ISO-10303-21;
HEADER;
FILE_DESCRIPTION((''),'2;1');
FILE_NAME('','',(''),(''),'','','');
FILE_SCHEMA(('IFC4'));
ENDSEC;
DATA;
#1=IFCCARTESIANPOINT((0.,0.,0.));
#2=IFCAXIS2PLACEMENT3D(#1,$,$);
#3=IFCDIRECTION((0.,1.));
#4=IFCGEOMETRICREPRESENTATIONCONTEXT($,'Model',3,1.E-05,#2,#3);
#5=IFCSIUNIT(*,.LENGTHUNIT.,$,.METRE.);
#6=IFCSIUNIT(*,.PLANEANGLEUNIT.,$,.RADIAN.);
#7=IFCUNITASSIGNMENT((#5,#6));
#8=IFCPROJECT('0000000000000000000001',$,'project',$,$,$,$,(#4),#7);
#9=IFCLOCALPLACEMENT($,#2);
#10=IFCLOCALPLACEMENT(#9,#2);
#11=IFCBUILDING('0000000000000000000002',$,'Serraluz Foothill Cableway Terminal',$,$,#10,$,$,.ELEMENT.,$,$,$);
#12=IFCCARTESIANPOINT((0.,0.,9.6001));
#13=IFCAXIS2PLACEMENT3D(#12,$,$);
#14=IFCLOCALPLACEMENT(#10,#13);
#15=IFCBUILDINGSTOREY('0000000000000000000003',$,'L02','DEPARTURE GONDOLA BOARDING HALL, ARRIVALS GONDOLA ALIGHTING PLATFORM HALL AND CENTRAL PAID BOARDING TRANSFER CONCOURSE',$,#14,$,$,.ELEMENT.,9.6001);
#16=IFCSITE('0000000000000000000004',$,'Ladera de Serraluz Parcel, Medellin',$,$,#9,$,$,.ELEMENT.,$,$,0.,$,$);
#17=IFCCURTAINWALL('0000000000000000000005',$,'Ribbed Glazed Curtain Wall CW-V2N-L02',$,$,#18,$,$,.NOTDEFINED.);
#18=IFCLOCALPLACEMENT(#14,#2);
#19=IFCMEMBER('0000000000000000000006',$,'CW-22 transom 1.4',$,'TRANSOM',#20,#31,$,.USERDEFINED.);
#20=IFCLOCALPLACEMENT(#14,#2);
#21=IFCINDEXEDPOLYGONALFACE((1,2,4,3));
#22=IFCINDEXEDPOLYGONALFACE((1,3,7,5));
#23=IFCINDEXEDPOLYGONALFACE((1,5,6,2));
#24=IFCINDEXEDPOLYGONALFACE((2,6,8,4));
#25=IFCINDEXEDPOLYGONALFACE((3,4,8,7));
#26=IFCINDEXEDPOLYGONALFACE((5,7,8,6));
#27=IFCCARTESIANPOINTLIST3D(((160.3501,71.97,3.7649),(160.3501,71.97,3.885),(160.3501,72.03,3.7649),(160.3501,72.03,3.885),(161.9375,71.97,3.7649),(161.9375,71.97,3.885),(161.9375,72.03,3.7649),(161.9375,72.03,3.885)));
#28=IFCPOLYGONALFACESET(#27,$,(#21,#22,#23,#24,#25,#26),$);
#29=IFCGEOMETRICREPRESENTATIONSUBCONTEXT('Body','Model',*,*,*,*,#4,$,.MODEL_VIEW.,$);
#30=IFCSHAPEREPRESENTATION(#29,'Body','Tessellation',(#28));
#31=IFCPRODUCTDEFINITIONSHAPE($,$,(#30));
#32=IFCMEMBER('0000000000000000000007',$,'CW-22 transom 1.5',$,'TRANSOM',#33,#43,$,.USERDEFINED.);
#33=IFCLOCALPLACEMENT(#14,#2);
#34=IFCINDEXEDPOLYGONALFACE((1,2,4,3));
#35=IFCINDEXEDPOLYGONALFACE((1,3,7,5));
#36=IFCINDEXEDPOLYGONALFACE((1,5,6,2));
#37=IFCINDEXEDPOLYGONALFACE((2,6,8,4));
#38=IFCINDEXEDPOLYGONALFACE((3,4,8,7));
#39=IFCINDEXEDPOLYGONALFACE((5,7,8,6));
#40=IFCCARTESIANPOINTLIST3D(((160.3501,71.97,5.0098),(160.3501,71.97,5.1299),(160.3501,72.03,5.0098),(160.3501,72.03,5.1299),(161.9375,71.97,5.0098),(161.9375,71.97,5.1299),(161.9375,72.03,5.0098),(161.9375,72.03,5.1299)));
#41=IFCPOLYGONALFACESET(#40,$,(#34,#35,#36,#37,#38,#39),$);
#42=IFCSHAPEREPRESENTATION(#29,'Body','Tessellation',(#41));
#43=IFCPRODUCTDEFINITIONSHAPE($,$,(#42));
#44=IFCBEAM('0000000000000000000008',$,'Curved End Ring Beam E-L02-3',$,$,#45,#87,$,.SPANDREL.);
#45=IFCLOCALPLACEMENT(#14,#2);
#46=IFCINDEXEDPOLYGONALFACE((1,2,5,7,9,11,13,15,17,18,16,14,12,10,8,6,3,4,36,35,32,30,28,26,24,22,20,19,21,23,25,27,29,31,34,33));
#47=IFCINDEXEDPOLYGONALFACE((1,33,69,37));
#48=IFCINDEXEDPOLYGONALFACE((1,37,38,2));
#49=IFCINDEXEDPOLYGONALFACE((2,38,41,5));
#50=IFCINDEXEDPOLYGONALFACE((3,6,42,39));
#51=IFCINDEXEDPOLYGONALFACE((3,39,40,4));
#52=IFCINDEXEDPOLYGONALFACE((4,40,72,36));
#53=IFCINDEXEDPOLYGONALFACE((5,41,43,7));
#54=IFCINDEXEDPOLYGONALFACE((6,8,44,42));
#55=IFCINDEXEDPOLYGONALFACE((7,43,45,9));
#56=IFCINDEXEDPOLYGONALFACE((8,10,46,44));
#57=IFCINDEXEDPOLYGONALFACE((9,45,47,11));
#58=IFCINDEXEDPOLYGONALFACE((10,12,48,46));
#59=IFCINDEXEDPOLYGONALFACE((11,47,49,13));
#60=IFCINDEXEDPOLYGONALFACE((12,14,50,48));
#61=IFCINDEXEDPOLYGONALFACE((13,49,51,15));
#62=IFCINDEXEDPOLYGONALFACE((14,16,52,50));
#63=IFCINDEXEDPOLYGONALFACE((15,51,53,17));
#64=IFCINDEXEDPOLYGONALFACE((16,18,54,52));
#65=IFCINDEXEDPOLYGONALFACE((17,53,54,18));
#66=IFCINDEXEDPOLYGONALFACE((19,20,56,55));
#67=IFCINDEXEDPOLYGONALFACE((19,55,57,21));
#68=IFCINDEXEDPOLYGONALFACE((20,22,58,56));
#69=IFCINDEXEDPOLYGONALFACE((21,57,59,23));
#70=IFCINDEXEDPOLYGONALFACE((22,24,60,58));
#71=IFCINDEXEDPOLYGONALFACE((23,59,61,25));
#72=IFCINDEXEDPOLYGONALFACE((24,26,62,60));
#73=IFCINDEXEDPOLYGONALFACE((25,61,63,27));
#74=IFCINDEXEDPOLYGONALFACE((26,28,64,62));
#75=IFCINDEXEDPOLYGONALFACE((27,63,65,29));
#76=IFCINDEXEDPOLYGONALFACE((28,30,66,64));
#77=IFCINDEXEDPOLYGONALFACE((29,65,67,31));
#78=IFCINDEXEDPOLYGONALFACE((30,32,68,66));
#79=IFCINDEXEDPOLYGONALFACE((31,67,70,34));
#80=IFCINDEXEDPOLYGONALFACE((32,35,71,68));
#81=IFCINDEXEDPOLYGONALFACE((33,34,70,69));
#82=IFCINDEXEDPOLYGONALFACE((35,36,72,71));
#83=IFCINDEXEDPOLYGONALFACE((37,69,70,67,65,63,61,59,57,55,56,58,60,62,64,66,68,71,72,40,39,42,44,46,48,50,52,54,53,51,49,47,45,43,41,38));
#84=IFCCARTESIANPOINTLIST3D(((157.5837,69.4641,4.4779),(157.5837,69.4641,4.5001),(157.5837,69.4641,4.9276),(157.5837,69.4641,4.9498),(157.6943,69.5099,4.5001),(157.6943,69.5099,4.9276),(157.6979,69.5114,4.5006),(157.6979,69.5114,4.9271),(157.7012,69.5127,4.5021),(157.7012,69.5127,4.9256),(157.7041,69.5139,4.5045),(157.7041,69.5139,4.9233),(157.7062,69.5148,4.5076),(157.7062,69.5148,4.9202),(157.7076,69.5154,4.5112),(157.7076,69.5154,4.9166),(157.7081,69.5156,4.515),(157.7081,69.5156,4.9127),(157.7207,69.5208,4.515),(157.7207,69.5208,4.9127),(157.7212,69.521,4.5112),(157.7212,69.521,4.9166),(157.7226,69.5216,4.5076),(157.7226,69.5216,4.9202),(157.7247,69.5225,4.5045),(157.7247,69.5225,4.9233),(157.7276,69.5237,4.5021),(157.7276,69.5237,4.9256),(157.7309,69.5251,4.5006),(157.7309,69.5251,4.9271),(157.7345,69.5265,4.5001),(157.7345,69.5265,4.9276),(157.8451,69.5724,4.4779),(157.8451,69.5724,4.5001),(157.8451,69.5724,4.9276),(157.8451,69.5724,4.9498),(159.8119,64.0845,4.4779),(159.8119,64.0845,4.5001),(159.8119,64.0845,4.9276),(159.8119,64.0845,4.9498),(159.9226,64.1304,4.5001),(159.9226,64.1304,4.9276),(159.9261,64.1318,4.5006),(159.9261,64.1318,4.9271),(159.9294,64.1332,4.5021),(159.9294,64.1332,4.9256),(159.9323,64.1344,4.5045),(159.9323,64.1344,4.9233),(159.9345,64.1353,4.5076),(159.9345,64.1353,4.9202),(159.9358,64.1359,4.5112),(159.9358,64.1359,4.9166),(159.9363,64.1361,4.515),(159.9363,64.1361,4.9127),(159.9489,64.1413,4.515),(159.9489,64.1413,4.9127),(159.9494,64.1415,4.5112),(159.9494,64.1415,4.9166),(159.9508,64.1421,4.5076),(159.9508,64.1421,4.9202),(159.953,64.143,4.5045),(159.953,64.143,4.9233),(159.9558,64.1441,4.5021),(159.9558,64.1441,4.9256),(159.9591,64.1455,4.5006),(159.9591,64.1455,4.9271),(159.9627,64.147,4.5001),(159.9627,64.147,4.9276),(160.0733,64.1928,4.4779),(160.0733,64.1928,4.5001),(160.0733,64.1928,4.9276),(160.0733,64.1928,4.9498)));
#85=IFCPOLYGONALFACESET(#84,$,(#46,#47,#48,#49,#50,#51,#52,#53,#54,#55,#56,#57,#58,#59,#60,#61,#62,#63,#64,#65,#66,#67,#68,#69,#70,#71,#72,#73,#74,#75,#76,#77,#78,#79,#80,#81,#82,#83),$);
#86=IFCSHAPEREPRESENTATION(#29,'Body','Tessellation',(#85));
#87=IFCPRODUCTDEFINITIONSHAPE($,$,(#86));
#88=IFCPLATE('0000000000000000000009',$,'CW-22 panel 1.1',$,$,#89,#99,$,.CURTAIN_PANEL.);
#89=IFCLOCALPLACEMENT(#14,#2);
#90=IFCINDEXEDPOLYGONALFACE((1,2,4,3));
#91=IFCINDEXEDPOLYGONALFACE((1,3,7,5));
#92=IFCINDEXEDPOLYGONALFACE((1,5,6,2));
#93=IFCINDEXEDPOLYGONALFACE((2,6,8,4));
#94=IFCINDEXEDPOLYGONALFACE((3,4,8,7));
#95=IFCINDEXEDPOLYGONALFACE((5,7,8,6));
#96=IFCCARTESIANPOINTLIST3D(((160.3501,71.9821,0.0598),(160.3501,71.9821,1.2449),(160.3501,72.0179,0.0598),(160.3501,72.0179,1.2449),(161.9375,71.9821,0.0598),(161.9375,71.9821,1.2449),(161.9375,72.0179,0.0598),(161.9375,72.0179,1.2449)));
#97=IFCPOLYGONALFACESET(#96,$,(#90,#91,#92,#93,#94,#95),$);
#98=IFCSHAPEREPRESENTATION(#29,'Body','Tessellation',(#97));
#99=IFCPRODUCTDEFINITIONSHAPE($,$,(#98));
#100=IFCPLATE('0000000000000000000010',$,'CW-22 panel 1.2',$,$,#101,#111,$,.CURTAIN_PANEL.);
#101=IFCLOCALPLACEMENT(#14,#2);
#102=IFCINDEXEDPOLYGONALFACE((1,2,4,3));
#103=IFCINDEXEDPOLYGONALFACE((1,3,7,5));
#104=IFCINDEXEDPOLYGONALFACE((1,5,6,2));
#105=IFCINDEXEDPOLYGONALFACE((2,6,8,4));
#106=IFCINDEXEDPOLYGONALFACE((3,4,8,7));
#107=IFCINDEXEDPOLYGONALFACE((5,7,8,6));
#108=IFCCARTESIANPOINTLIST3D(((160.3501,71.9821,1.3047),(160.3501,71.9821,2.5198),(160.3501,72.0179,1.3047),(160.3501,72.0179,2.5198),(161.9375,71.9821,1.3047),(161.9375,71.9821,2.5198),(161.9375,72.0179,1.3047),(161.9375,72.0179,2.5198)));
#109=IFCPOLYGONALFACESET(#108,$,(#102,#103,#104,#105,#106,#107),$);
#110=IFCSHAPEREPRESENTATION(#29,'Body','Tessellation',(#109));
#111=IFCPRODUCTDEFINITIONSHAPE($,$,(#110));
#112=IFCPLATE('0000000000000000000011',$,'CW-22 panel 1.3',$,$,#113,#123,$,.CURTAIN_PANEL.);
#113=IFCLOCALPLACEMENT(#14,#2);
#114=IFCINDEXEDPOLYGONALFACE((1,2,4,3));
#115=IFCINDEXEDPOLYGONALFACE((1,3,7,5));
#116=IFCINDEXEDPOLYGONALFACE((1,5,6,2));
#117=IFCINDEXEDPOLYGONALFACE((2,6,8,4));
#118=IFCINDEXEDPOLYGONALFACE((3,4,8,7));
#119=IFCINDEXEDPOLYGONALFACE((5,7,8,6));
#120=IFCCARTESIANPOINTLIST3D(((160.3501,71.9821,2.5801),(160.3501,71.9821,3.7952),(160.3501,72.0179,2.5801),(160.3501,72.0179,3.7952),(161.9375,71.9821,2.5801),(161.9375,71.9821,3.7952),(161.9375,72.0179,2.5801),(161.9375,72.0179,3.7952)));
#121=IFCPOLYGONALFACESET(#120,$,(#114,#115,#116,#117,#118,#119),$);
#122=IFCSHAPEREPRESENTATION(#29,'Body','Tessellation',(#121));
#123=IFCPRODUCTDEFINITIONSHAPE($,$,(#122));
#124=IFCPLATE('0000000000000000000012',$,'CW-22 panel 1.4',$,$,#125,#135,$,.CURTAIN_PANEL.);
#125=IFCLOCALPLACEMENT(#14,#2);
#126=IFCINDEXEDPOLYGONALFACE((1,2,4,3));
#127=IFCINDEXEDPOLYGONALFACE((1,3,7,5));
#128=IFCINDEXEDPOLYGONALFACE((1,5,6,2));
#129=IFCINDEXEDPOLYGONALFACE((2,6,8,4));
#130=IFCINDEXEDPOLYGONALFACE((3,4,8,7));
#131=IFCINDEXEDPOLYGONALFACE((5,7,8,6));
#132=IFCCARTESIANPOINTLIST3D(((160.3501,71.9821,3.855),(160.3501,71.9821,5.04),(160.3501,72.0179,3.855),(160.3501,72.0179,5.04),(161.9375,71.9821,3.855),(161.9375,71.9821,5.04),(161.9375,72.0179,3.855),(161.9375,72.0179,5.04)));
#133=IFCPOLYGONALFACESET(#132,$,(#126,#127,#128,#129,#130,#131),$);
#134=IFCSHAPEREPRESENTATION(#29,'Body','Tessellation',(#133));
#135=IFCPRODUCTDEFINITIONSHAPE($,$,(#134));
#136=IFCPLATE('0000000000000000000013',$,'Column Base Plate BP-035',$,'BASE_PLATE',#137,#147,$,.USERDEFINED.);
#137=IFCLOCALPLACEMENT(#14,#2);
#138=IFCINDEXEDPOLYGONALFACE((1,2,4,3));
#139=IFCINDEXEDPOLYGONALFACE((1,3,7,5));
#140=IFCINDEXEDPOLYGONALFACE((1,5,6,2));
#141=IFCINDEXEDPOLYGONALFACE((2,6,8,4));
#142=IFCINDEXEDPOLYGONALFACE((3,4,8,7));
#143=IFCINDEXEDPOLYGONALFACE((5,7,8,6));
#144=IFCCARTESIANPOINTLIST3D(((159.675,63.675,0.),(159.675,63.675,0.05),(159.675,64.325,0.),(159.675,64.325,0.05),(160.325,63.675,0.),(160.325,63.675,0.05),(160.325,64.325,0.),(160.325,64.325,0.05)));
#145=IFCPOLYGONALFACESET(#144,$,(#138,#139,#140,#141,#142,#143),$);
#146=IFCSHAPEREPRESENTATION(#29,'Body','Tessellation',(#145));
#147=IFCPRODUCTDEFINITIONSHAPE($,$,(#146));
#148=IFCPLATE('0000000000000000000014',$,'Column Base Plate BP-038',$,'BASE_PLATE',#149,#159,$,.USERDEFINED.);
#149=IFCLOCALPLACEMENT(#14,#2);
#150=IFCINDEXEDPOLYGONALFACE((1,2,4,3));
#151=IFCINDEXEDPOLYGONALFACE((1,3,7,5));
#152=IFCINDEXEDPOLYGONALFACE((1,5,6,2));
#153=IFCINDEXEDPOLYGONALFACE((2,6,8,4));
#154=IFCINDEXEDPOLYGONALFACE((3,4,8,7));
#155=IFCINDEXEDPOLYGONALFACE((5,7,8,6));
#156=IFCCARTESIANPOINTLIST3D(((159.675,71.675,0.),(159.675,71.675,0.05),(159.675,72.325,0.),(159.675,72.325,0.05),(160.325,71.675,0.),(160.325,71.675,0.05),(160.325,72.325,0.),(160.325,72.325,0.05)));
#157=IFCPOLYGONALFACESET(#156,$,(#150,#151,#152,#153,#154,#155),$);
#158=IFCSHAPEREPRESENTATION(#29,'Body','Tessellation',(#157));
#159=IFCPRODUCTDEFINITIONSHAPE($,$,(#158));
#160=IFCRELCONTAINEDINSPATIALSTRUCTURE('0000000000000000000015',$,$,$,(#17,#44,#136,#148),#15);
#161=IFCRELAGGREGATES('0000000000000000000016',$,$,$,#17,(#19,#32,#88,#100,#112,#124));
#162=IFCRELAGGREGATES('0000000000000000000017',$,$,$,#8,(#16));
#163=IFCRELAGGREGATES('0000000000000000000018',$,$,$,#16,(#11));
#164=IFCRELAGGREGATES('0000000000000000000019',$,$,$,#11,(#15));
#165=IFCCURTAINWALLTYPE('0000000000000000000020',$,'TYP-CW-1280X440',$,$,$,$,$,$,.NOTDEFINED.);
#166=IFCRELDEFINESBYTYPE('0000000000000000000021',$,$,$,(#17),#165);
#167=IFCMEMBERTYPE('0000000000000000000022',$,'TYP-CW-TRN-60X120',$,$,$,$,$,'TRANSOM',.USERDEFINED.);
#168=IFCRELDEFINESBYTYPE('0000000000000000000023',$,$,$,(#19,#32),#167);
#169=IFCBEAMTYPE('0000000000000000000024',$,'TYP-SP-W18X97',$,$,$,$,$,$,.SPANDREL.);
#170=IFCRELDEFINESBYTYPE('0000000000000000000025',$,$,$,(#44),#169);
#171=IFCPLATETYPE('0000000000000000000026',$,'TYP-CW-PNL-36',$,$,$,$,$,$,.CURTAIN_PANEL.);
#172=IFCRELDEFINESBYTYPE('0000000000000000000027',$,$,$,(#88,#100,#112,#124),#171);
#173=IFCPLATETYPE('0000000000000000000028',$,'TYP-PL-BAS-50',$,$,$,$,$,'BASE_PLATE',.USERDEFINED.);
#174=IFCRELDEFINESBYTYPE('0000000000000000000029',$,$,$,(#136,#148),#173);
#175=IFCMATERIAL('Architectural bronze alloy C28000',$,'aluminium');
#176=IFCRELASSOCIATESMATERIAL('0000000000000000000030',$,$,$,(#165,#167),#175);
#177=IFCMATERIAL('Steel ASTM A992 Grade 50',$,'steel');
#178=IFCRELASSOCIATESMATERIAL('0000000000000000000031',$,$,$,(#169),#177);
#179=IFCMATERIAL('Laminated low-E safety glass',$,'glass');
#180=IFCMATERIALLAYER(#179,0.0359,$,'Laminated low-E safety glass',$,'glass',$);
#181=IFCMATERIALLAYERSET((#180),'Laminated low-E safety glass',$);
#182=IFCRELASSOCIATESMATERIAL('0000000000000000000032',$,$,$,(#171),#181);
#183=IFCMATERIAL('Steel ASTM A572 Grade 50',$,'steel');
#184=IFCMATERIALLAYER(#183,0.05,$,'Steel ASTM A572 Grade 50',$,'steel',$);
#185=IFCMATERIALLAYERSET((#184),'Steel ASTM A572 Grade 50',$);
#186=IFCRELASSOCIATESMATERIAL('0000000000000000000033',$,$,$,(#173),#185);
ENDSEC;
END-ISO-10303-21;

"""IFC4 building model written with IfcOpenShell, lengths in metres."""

from ifc_helpers import new_model, si_unit, direction, frame, origin, origin_2d, place, context, subcontext, project, spatial, rectangle, i_section, extrude, material, layer, layer_set, material_profile, profile_set, type_object, element, aggregate, save


model = new_model("IFC4")

# Units and contexts
model_context = context("Model", 3, precision=1e-05, world=origin(), true_north=direction((0.0, 1.0)))
body_context = subcontext(model_context, "Body", "Model", "MODEL_VIEW")
ifc_project = project(units=[si_unit("LENGTHUNIT", "METRE"), si_unit("PLANEANGLEUNIT", "RADIAN")], contexts=[model_context])

# Site, building, storey
site_placement = place(None, origin())
site = spatial("IfcSite", under=ifc_project, at=site_placement, Name="Ladera de Serraluz Parcel, Medellin", CompositionType="ELEMENT", RefElevation=0.0)
building_placement = place(site_placement, origin())
building = spatial("IfcBuilding", under=site, at=building_placement, Name="Serraluz Foothill Cableway Terminal", CompositionType="ELEMENT")
storey_placement = place(building_placement, frame((0.0, 0.0, 9.6001)))
storey = spatial("IfcBuildingStorey", under=building, at=storey_placement, Name="L02", Description="DEPARTURE GONDOLA BOARDING HALL, ARRIVALS GONDOLA ALIGHTING PLATFORM HALL AND CENTRAL PAID BOARDING TRANSFER CONCOURSE", CompositionType="ELEMENT", Elevation=9.6001)

# Shared definitions
ifc_material_1 = material(Name="Steel ASTM A572 Grade 50", Category="steel")

# Curtain wall
ifc_material_2 = material(Name="Architectural bronze alloy C28000", Category="aluminium")
curtain_wall_type_1 = type_object("IfcCurtainWallType", Name="TYP-CW-1280X440", PredefinedType="NOTDEFINED", material=ifc_material_2)
curtain_wall_1_placement = place(storey_placement, origin())
curtain_wall_1 = element("IfcCurtainWall", 1, at=curtain_wall_1_placement, inside=storey, type_object=curtain_wall_type_1, Name="Ribbed Glazed Curtain Wall CW-V2N-L02", PredefinedType="NOTDEFINED")

# Members
ifc_material_profile_1 = material_profile(ifc_material_2, rectangle(XDim=0.0601, YDim=0.1201, at=origin_2d()), Name="ALU TRANSOM 60x120")
ifc_profile_set_1 = profile_set([ifc_material_profile_1], Name="Architectural bronze alloy C28000")
member_type_1 = type_object("IfcMemberType", Name="TYP-CW-TRN-60X120", ElementType="TRANSOM", PredefinedType="USERDEFINED", material=ifc_profile_set_1)
member_1_placement = place(storey_placement, frame((160.3501, 72.0, 3.825), z_axis=(1.0, 0.0, 0.0), x_axis=(0.0, 1.0, 0.0)))
member_1 = element("IfcMember", 2, at=member_1_placement, type_object=member_type_1, Name="CW-22 transom 1.4", ObjectType="TRANSOM", PredefinedType="USERDEFINED", context=body_context, shape_type="SweptSolid", body=[
    extrude(rectangle(XDim=0.0601, YDim=0.1201, at=origin_2d()), origin(), (0.0, 0.0, 1.0), 1.5874),
])
member_2_placement = place(storey_placement, frame((160.3501, 72.0, 5.0698), z_axis=(1.0, 0.0, 0.0), x_axis=(0.0, 1.0, 0.0)))
member_2 = element("IfcMember", 3, at=member_2_placement, type_object=member_type_1, Name="CW-22 transom 1.5", ObjectType="TRANSOM", PredefinedType="USERDEFINED", context=body_context, shape_type="SweptSolid", body=[
    extrude(rectangle(XDim=0.0601, YDim=0.1201, at=origin_2d()), origin(), (0.0, 0.0, 1.0), 1.5874),
])

# Beam
ifc_material_3 = material(Name="Steel ASTM A992 Grade 50", Category="steel")
ifc_material_profile_2 = material_profile(ifc_material_3, i_section(OverallWidth=0.283, OverallDepth=0.4719, WebThickness=0.0137, FlangeThickness=0.0222, FilletRadius=0.0149, at=origin_2d()), Name="W18X97")
ifc_profile_set_2 = profile_set([ifc_material_profile_2], Name="Steel ASTM A992 Grade 50")
beam_type = type_object("IfcBeamType", Name="TYP-SP-W18X97", PredefinedType="SPANDREL", material=ifc_profile_set_2)
beam_placement = place(storey_placement, frame((159.9426, 64.1387, 4.7139), z_axis=(-0.382676, 0.923882, 0.0), x_axis=(-0.923882, -0.382676, 0.0)))
element("IfcBeam", 4, at=beam_placement, inside=storey, type_object=beam_type, Name="Curved End Ring Beam E-L02-3", PredefinedType="SPANDREL", context=body_context, shape_type="SweptSolid", body=[
    extrude(i_section(OverallWidth=0.283, OverallDepth=0.4719, WebThickness=0.0137, FlangeThickness=0.0222, FilletRadius=0.0149, at=origin_2d()), origin(), (0.0, 0.0, 1.0), 5.8228),
])

# Plates
ifc_material_4 = material(Name="Laminated low-E safety glass", Category="glass")
ifc_layer_1 = layer(ifc_material_4, 0.0359, Name="Laminated low-E safety glass", Category="glass")
ifc_layer_set_1 = layer_set([ifc_layer_1], Name="Laminated low-E safety glass")
plate_type_1 = type_object("IfcPlateType", Name="TYP-CW-PNL-36", PredefinedType="CURTAIN_PANEL", material=ifc_layer_set_1)
plate_1_placement = place(storey_placement, frame((161.1438, 72.0, 0.0598), z_axis=(0.0, 0.0, 1.0), x_axis=(1.0, 0.0, 0.0)))
plate_1 = element("IfcPlate", 5, at=plate_1_placement, type_object=plate_type_1, Name="CW-22 panel 1.1", PredefinedType="CURTAIN_PANEL", context=body_context, shape_type="SweptSolid", body=[
    extrude(rectangle(XDim=1.5874, YDim=0.0359, at=origin_2d()), origin(), (0.0, 0.0, 1.0), 1.1851),
])
plate_2_placement = place(storey_placement, frame((161.1438, 72.0, 1.3047), z_axis=(0.0, 0.0, 1.0), x_axis=(1.0, 0.0, 0.0)))
plate_2 = element("IfcPlate", 6, at=plate_2_placement, type_object=plate_type_1, Name="CW-22 panel 1.2", PredefinedType="CURTAIN_PANEL", context=body_context, shape_type="SweptSolid", body=[
    extrude(rectangle(XDim=1.5874, YDim=0.0359, at=origin_2d()), origin(), (0.0, 0.0, 1.0), 1.2151),
])
plate_3_placement = place(storey_placement, frame((161.1438, 72.0, 2.5801), z_axis=(0.0, 0.0, 1.0), x_axis=(1.0, 0.0, 0.0)))
plate_3 = element("IfcPlate", 7, at=plate_3_placement, type_object=plate_type_1, Name="CW-22 panel 1.3", PredefinedType="CURTAIN_PANEL", context=body_context, shape_type="SweptSolid", body=[
    extrude(rectangle(XDim=1.5874, YDim=0.0359, at=origin_2d()), origin(), (0.0, 0.0, 1.0), 1.2151),
])
plate_4_placement = place(storey_placement, frame((161.1438, 72.0, 3.855), z_axis=(0.0, 0.0, 1.0), x_axis=(1.0, 0.0, 0.0)))
plate_4 = element("IfcPlate", 8, at=plate_4_placement, type_object=plate_type_1, Name="CW-22 panel 1.4", PredefinedType="CURTAIN_PANEL", context=body_context, shape_type="SweptSolid", body=[
    extrude(rectangle(XDim=1.5874, YDim=0.0359, at=origin_2d()), origin(), (0.0, 0.0, 1.0), 1.1851),
])
aggregate(curtain_wall_1, [member_1, member_2, plate_1, plate_2, plate_3, plate_4])

# Plates
ifc_layer_2 = layer(ifc_material_1, 0.05, Name="Steel ASTM A572 Grade 50", Category="steel")
ifc_layer_set_2 = layer_set([ifc_layer_2], Name="Steel ASTM A572 Grade 50")
plate_type_2 = type_object("IfcPlateType", Name="TYP-PL-BAS-50", ElementType="BASE_PLATE", PredefinedType="USERDEFINED", material=ifc_layer_set_2)
for number, where, z_axis, x_axis, name in (
    (9, (160.0, 64.0, 0.0), (0.0, 0.0, 1.0), (1.0, 0.0, 0.0), "Column Base Plate BP-035"),
    (10, (160.0, 72.0, 0.0), (0.0, 0.0, 1.0), (1.0, 0.0, 0.0), "Column Base Plate BP-038"),
):
    element("IfcPlate", number, at=place(storey_placement, frame(where, z_axis=z_axis, x_axis=x_axis)), inside=storey, type_object=plate_type_2, Name=name, ObjectType="BASE_PLATE", PredefinedType="USERDEFINED", context=body_context, shape_type="SweptSolid", body=[
        extrude(rectangle(XDim=0.6499, YDim=0.6499, at=origin_2d()), origin(), (0.0, 0.0, 1.0), 0.05),
    ])

save(model, "model.ifc")
